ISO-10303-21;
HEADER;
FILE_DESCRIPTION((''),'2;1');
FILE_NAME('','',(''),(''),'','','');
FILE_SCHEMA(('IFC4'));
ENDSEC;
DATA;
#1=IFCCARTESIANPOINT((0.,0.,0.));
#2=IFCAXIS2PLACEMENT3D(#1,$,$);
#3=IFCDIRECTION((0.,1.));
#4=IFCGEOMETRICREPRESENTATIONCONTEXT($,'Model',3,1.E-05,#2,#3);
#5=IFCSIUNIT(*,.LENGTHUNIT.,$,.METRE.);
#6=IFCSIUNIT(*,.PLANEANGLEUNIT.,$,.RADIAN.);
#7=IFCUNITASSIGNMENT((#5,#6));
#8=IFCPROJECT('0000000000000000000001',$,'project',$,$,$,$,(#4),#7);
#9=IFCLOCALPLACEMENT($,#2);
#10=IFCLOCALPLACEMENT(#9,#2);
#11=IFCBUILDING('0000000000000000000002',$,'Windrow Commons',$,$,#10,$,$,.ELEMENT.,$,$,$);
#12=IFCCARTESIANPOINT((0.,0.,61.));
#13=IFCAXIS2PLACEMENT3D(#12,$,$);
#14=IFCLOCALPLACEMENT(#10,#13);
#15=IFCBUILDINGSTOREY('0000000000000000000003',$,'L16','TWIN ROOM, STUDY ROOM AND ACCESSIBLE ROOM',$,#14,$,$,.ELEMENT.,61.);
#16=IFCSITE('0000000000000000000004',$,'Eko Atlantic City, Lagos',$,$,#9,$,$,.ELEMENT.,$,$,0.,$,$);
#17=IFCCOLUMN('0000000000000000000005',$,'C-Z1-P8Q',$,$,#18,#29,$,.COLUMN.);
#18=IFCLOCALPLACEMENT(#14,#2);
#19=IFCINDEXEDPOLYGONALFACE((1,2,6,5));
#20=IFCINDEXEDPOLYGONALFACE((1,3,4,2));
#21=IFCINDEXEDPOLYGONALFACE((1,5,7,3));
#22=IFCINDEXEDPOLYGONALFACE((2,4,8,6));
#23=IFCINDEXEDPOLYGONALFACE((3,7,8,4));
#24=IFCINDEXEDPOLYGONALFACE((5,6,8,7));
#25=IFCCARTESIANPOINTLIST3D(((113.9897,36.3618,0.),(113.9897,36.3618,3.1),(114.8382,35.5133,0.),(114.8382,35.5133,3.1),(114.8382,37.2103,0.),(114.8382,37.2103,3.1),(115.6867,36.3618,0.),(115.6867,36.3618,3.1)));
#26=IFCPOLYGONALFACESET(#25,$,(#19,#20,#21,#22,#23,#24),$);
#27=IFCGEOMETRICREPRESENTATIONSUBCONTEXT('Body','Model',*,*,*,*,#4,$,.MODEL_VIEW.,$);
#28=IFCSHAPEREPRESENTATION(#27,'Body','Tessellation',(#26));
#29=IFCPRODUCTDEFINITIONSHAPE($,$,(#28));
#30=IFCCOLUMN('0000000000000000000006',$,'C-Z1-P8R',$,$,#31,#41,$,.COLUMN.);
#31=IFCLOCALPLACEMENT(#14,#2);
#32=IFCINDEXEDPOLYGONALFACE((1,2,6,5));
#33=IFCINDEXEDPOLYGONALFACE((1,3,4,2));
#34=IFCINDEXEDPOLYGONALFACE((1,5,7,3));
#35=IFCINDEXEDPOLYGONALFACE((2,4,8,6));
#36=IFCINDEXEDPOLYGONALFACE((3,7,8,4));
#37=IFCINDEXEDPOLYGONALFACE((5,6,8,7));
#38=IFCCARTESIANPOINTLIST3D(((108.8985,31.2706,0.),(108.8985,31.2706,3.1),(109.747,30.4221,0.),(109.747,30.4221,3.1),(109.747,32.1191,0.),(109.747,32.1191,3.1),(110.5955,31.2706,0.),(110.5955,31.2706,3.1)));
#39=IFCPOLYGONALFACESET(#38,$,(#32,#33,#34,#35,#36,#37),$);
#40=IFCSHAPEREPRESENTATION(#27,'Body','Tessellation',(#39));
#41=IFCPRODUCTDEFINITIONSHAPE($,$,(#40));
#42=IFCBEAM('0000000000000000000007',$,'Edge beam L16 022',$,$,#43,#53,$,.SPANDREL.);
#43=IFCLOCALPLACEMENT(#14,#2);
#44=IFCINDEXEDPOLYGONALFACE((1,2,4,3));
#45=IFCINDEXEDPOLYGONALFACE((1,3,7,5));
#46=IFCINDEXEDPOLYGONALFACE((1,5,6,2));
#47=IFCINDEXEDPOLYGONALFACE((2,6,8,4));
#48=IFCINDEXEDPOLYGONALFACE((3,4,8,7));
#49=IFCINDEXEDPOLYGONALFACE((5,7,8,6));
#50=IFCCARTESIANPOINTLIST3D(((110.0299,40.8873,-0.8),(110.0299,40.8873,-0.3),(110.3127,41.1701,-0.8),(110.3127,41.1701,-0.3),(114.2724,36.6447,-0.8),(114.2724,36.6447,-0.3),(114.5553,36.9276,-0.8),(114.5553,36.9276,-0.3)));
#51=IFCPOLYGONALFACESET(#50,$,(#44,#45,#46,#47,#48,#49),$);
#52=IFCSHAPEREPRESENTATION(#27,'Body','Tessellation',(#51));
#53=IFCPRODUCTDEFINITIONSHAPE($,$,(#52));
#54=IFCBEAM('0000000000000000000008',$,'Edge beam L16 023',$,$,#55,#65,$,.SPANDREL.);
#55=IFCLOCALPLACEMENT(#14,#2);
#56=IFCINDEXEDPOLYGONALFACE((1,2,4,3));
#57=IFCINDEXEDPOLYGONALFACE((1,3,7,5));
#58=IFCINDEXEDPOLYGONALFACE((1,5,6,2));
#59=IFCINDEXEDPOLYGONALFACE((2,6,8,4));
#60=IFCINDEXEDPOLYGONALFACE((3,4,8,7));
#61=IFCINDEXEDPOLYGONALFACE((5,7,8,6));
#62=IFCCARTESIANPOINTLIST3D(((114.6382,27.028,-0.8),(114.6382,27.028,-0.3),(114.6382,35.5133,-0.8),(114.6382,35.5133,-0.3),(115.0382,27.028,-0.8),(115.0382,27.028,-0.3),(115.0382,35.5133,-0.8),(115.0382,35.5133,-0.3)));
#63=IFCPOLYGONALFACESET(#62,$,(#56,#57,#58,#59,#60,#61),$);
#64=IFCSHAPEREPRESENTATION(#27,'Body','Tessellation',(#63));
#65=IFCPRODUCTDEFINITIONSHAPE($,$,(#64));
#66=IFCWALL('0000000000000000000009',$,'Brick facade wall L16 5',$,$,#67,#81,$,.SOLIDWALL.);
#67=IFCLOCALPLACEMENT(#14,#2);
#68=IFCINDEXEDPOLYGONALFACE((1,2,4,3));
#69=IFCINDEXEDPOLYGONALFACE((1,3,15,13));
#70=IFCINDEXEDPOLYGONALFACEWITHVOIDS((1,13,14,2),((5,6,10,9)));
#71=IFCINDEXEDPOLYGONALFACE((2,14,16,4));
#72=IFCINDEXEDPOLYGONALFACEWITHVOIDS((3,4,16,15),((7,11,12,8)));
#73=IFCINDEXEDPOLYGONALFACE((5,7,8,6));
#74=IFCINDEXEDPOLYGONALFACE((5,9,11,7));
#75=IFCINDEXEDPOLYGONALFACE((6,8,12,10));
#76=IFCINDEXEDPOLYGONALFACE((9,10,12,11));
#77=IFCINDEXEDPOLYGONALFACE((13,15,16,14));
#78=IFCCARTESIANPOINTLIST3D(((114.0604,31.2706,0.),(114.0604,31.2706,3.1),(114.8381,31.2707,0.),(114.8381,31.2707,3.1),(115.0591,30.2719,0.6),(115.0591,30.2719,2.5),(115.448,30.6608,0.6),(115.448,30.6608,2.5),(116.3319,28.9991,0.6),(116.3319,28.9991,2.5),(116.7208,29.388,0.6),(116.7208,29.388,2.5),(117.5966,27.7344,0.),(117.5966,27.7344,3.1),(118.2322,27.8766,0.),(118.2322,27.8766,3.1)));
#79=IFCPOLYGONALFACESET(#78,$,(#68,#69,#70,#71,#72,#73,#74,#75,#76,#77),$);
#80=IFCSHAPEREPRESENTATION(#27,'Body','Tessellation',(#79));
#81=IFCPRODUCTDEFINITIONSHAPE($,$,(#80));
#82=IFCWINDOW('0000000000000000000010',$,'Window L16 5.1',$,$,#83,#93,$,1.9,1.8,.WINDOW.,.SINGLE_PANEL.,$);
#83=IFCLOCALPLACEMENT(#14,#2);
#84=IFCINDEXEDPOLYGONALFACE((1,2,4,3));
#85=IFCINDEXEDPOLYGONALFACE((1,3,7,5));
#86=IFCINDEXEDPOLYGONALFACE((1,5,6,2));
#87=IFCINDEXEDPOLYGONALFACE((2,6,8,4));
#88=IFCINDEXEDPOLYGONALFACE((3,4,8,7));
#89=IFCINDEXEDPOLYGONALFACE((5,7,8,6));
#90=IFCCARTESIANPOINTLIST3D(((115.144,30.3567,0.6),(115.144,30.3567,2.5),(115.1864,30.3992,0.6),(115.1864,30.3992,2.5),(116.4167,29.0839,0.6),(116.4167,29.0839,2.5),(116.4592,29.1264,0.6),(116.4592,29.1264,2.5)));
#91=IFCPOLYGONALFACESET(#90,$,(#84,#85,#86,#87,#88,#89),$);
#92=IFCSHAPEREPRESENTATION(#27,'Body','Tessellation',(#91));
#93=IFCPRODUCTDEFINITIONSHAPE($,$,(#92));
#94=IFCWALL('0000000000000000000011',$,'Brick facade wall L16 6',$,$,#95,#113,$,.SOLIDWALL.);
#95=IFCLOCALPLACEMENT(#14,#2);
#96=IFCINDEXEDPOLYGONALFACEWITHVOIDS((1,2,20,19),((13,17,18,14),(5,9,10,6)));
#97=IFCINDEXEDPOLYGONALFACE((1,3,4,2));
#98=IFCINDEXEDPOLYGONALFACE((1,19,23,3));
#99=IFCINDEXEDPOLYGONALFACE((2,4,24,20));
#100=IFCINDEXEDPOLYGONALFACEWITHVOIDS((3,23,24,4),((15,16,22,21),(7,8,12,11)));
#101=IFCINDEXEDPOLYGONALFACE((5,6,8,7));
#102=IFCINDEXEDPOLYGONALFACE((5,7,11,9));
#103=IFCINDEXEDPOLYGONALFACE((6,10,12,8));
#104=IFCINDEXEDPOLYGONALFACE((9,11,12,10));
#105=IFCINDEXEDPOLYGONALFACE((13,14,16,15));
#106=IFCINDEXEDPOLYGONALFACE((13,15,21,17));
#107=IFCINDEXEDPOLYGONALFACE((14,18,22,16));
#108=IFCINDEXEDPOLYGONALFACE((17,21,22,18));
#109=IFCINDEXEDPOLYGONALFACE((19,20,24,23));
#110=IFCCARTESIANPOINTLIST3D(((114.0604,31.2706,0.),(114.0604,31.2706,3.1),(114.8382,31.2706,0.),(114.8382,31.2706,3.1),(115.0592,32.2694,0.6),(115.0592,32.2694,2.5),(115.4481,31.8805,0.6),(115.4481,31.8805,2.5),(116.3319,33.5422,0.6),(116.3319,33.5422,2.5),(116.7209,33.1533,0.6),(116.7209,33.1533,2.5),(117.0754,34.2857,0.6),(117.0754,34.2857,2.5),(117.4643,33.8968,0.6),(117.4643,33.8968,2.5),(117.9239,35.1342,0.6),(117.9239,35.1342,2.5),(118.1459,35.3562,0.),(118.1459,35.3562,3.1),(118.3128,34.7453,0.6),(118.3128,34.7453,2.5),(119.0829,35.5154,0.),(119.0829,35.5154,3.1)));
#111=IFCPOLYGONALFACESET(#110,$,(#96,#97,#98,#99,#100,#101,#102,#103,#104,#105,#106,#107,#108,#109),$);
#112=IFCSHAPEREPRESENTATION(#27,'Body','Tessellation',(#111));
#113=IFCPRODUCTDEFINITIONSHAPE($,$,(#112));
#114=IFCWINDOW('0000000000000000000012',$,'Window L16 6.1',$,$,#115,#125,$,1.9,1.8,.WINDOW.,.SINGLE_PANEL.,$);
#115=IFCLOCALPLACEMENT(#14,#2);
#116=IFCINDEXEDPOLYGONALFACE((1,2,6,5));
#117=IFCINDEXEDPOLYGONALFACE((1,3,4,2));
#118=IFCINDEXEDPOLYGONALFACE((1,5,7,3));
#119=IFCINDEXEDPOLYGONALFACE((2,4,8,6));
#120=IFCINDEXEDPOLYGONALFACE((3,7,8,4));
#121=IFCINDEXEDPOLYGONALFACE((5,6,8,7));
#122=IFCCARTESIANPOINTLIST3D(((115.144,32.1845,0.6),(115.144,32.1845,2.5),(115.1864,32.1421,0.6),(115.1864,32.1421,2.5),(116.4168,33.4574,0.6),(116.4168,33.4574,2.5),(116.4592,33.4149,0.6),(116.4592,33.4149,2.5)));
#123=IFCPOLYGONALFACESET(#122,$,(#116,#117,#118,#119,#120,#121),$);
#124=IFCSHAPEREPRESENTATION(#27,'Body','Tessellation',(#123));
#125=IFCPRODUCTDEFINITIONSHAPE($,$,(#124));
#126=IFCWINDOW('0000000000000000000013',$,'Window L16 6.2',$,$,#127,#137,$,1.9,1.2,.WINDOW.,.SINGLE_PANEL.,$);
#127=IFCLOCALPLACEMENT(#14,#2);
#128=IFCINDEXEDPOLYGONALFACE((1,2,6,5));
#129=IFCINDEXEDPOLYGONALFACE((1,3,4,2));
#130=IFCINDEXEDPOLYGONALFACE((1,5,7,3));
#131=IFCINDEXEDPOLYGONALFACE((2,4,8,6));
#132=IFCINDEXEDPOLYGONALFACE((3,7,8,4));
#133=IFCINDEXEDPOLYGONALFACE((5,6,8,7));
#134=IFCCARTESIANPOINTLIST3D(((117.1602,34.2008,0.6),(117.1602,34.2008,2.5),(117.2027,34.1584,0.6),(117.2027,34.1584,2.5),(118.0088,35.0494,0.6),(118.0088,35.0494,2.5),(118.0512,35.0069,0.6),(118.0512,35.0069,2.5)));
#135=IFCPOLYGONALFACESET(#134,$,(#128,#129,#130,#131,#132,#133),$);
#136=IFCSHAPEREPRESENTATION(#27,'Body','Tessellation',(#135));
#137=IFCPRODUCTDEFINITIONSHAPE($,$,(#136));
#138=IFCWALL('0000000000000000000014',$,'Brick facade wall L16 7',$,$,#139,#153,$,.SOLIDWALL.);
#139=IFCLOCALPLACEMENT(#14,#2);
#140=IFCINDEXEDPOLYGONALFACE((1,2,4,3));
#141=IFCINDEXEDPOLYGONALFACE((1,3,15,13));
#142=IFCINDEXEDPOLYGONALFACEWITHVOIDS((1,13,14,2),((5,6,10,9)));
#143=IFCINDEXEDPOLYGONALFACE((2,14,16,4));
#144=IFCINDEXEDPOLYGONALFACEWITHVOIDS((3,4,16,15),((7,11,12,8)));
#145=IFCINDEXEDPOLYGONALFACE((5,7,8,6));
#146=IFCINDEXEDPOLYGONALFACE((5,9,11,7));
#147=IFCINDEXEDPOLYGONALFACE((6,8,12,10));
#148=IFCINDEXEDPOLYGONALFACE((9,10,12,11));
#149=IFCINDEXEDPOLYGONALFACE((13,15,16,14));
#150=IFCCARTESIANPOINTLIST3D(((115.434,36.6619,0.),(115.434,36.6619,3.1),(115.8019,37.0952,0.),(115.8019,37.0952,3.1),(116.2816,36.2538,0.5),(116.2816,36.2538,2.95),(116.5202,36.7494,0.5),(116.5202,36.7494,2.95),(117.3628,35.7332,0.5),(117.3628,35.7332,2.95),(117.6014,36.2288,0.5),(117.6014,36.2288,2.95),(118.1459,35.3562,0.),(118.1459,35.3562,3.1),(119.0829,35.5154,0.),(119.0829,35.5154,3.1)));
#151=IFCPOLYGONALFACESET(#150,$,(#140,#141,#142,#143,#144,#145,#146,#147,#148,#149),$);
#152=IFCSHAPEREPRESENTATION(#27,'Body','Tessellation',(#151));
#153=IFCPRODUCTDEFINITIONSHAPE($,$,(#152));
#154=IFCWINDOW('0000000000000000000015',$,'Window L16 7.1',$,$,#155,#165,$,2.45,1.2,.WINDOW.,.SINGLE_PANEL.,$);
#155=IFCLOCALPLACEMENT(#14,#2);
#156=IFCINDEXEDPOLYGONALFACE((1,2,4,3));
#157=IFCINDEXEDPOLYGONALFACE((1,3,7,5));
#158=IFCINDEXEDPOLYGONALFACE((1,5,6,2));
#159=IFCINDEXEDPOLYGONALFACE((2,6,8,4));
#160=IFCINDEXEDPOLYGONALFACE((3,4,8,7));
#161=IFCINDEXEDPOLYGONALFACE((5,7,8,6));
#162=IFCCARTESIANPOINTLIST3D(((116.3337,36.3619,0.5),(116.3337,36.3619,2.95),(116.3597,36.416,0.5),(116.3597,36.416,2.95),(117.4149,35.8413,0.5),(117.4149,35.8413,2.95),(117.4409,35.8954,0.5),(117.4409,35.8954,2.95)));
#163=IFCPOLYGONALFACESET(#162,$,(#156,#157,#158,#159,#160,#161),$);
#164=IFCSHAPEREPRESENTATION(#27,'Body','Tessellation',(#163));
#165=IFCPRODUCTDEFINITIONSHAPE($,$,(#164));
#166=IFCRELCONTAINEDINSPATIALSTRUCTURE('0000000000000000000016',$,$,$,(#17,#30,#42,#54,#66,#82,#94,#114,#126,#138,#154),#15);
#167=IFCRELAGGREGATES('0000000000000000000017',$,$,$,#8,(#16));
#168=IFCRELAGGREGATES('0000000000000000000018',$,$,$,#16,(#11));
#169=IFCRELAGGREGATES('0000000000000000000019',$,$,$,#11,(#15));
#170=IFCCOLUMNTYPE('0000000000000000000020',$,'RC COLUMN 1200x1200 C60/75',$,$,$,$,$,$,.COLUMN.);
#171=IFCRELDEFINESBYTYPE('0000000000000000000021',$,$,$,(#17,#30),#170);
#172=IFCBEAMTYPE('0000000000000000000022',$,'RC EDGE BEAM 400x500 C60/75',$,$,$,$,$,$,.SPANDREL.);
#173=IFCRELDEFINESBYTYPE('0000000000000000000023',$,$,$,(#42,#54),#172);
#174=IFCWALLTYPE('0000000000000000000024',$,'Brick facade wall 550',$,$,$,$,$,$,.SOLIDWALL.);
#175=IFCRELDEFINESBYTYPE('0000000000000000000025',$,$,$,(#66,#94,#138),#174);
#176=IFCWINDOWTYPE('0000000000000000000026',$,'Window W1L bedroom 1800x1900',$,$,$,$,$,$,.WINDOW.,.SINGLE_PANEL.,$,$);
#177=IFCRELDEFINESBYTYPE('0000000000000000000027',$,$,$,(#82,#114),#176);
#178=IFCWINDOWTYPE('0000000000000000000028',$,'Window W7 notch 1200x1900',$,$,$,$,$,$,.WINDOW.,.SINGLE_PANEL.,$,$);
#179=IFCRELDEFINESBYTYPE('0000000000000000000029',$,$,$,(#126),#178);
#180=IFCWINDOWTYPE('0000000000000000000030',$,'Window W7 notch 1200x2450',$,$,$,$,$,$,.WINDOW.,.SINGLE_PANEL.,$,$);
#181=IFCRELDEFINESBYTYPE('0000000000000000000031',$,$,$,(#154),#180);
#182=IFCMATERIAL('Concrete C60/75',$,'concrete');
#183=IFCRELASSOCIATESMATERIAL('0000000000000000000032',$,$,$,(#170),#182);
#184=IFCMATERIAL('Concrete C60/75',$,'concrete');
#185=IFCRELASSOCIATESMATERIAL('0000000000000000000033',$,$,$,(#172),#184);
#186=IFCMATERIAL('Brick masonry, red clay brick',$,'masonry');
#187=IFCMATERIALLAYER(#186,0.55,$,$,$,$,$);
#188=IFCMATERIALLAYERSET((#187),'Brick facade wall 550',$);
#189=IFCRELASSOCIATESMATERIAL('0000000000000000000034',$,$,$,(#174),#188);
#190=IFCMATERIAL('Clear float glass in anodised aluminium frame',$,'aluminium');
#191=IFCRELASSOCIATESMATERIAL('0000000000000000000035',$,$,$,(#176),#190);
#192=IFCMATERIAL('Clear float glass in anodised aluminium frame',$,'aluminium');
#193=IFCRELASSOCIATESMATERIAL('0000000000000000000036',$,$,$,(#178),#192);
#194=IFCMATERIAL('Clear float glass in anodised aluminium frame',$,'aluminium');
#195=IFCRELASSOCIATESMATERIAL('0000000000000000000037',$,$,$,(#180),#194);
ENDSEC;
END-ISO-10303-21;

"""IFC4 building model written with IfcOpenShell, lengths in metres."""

from ifc_helpers import new_model, si_unit, direction, frame, frame_2d, origin, origin_2d, place, context, subcontext, project, spatial, polyline, rectangle, outline, extrude, material, layer, layer_set, material_profile, profile_set, type_object, element, fill, save


model = new_model("IFC4")

# Units and contexts
model_context = context("Model", 3, precision=1e-05, world=origin(), true_north=direction((0.0, 1.0)))
body_context = subcontext(model_context, "Body", "Model", "MODEL_VIEW")
ifc_project = project(units=[si_unit("LENGTHUNIT", "METRE"), si_unit("PLANEANGLEUNIT", "RADIAN")], contexts=[model_context])

# Site, building, storey
site_placement = place(None, origin())
site = spatial("IfcSite", under=ifc_project, at=site_placement, Name="Eko Atlantic City, Lagos", CompositionType="ELEMENT", RefElevation=0.0)
building_placement = place(site_placement, origin())
building = spatial("IfcBuilding", under=site, at=building_placement, Name="Windrow Commons", CompositionType="ELEMENT")
storey_placement = place(building_placement, frame((0.0, 0.0, 61.0)))
storey = spatial("IfcBuildingStorey", under=building, at=storey_placement, Name="L16", Description="TWIN ROOM, STUDY ROOM AND ACCESSIBLE ROOM", CompositionType="ELEMENT", Elevation=61.0)

# Columns
ifc_material_1 = material(Name="Concrete C60/75", Category="concrete")
ifc_material_profile_1 = material_profile(ifc_material_1, rectangle(XDim=1.2, YDim=1.2, at=origin_2d()))
ifc_profile_set_1 = profile_set([ifc_material_profile_1], Name="Concrete C60/75")
column_type = type_object("IfcColumnType", Name="RC COLUMN 1200x1200 C60/75", PredefinedType="COLUMN", material=ifc_profile_set_1)
for number, where, z_axis, x_axis, name in (
    (1, (114.8382, 36.3618, 0.0), (0.0, 0.0, 1.0), (0.707107, -0.707107, 0.0), "C-Z1-P8Q"),
    (2, (109.747, 31.2706, 0.0), (0.0, 0.0, 1.0), (0.707107, -0.707107, 0.0), "C-Z1-P8R"),
):
    element("IfcColumn", number, at=place(storey_placement, frame(where, z_axis=z_axis, x_axis=x_axis)), inside=storey, type_object=column_type, Name=name, PredefinedType="COLUMN", context=body_context, shape_type="SweptSolid", body=[
        extrude(rectangle(XDim=1.2, YDim=1.2, at=origin_2d()), origin(), (0.0, 0.0, 1.0), 3.1),
    ])

# Beams
ifc_material_2 = material(Name="Concrete C60/75", Category="concrete")
ifc_material_profile_2 = material_profile(ifc_material_2, rectangle(XDim=0.4, YDim=0.5, at=origin_2d()))
ifc_profile_set_2 = profile_set([ifc_material_profile_2], Name="Concrete C60/75")
beam_type = type_object("IfcBeamType", Name="RC EDGE BEAM 400x500 C60/75", PredefinedType="SPANDREL", material=ifc_profile_set_2)
beam_1_placement = place(storey_placement, frame((110.1713, 41.0287, -0.55), z_axis=(0.707107, -0.707107, 0.0), x_axis=(0.707107, 0.707107, 0.0)))
element("IfcBeam", 3, at=beam_1_placement, inside=storey, type_object=beam_type, Name="Edge beam L16 022", PredefinedType="SPANDREL", context=body_context, shape_type="SweptSolid", body=[
    extrude(rectangle(XDim=0.4, YDim=0.5, at=origin_2d()), origin(), (0.0, 0.0, 1.0), 5.9999),
])
beam_2_placement = place(storey_placement, frame((114.8382, 35.5133, -0.55), z_axis=(0.0, -1.0, 0.0), x_axis=(1.0, 0.0, 0.0)))
element("IfcBeam", 4, at=beam_2_placement, inside=storey, type_object=beam_type, Name="Edge beam L16 023", PredefinedType="SPANDREL", context=body_context, shape_type="SweptSolid", body=[
    extrude(rectangle(XDim=0.4, YDim=0.5, at=origin_2d()), origin(), (0.0, 0.0, 1.0), 8.4853),
])

# Wall, opening, window
ifc_material_3 = material(Name="Brick masonry, red clay brick", Category="masonry")
ifc_layer_1 = layer(ifc_material_3, 0.55)
ifc_layer_set_1 = layer_set([ifc_layer_1], Name="Brick facade wall 550")
wall_type_1 = type_object("IfcWallType", Name="Brick facade wall 550", PredefinedType="SOLIDWALL", material=ifc_layer_set_1)
wall_1_placement = place(storey_placement, frame((117.9144, 27.8055, 0.0), z_axis=(0.0, 0.0, 1.0), x_axis=(-0.707107, 0.707107, 0.0)))
wall_1 = element("IfcWall", 5, at=wall_1_placement, inside=storey, type_object=wall_type_1, Name="Brick facade wall L16 5", PredefinedType="SOLIDWALL", context=body_context, shape_type="SweptSolid", body=[
    extrude(outline(polyline([(-0.1745, -0.275), (4.6255, -0.275), (5.1754, 0.275), (0.1745, 0.275), (-0.1745, -0.275)])), origin(), (0.0, 0.0, 1.0), 3.1),
])
opening_1_placement = place(wall_1_placement, frame((1.963, 0.0, 0.6)))
opening_1 = element("IfcOpeningElement", 6, at=opening_1_placement, cuts=wall_1, PredefinedType="OPENING", context=body_context, shape_type="SweptSolid", body=[
    extrude(rectangle(XDim=1.8, YDim=1.9, at=frame_2d((0.9, 0.95))), frame((0.0, 0.285, 0.0), z_axis=(0.0, -1.0, 0.0), x_axis=(1.0, 0.0, 0.0)), (0.0, 0.0, 1.0), 0.57),
])
ifc_material_4 = material(Name="Clear float glass in anodised aluminium frame", Category="aluminium")
window_type_1 = type_object("IfcWindowType", Name="Window W1L bedroom 1800x1900", PartitioningType="SINGLE_PANEL", PredefinedType="WINDOW", material=ifc_material_4)
window_1_placement = place(opening_1_placement, origin())
window_1 = element("IfcWindow", 7, at=window_1_placement, inside=storey, type_object=window_type_1, Name="Window L16 5.1", OverallHeight=1.9, OverallWidth=1.8, PartitioningType="SINGLE_PANEL", PredefinedType="WINDOW", context=body_context, shape_type="SweptSolid", body=[
    extrude(rectangle(XDim=1.8, YDim=1.9, at=frame_2d((0.9, 0.95))), frame((0.0, 0.155, 0.0), z_axis=(0.0, -1.0, 0.0), x_axis=(1.0, 0.0, 0.0)), (0.0, 0.0, 1.0), 0.06),
])
fill(opening_1, window_1)

# Wall, openings, windows
wall_2_placement = place(storey_placement, frame((114.4493, 31.2706, 0.0), z_axis=(0.0, 0.0, 1.0), x_axis=(0.707098, 0.707115, 0.0)))
wall_2 = element("IfcWall", 8, at=wall_2_placement, inside=storey, type_object=wall_type_1, Name="Brick facade wall L16 6", PredefinedType="SOLIDWALL", context=body_context, shape_type="SweptSolid", body=[
    extrude(outline(polyline([(0.275, -0.275), (6.278, -0.275), (5.5029, 0.275), (-0.275, 0.275), (0.275, -0.275)])), origin(), (0.0, 0.0, 1.0), 3.1),
])
opening_2_placement = place(wall_2_placement, frame((1.1375, 0.0, 0.6)))
opening_2 = element("IfcOpeningElement", 9, at=opening_2_placement, cuts=wall_2, PredefinedType="OPENING", context=body_context, shape_type="SweptSolid", body=[
    extrude(rectangle(XDim=1.8, YDim=1.9, at=frame_2d((0.9, 0.95))), frame((0.0, 0.285, 0.0), z_axis=(0.0, -1.0, 0.0), x_axis=(1.0, 0.0, 0.0)), (0.0, 0.0, 1.0), 0.57),
])
opening_3_placement = place(wall_2_placement, frame((3.9889, 0.0, 0.6)))
opening_3 = element("IfcOpeningElement", 10, at=opening_3_placement, cuts=wall_2, PredefinedType="OPENING", context=body_context, shape_type="SweptSolid", body=[
    extrude(rectangle(XDim=1.2, YDim=1.9, at=frame_2d((0.6, 0.95))), frame((0.0, 0.285, 0.0), z_axis=(0.0, -1.0, 0.0), x_axis=(1.0, 0.0, 0.0)), (0.0, 0.0, 1.0), 0.57),
])
window_2_placement = place(opening_2_placement, origin())
window_2 = element("IfcWindow", 11, at=window_2_placement, inside=storey, type_object=window_type_1, Name="Window L16 6.1", OverallHeight=1.9, OverallWidth=1.8, PartitioningType="SINGLE_PANEL", PredefinedType="WINDOW", context=body_context, shape_type="SweptSolid", body=[
    extrude(rectangle(XDim=1.8, YDim=1.9, at=frame_2d((0.9, 0.95))), frame((0.0, 0.155, 0.0), z_axis=(0.0, -1.0, 0.0), x_axis=(1.0, 0.0, 0.0)), (0.0, 0.0, 1.0), 0.06),
])
fill(opening_2, window_2)
ifc_material_5 = material(Name="Clear float glass in anodised aluminium frame", Category="aluminium")
window_type_2 = type_object("IfcWindowType", Name="Window W7 notch 1200x1900", PartitioningType="SINGLE_PANEL", PredefinedType="WINDOW", material=ifc_material_5)
window_3_placement = place(opening_3_placement, origin())
window_3 = element("IfcWindow", 12, at=window_3_placement, inside=storey, type_object=window_type_2, Name="Window L16 6.2", OverallHeight=1.9, OverallWidth=1.2, PartitioningType="SINGLE_PANEL", PredefinedType="WINDOW", context=body_context, shape_type="SweptSolid", body=[
    extrude(rectangle(XDim=1.2, YDim=1.9, at=frame_2d((0.6, 0.95))), frame((0.0, 0.155, 0.0), z_axis=(0.0, -1.0, 0.0), x_axis=(1.0, 0.0, 0.0)), (0.0, 0.0, 1.0), 0.06),
])
fill(opening_3, window_3)

# Wall, opening, window
wall_3_placement = place(storey_placement, frame((118.6144, 35.4358, 0.0), z_axis=(0.0, 0.0, 1.0), x_axis=(-0.900997, 0.433826, 0.0)))
wall_3 = element("IfcWall", 13, at=wall_3_placement, inside=storey, type_object=wall_type_1, Name="Brick facade wall L16 7", PredefinedType="SOLIDWALL", context=body_context, shape_type="SweptSolid", body=[
    extrude(outline(polyline([(-0.3876, -0.275), (3.254, -0.275), (3.3975, 0.275), (0.3876, 0.275), (-0.3876, -0.275)])), origin(), (0.0, 0.0, 1.0), 3.1),
])
opening_4_placement = place(wall_3_placement, frame((1.2567, 0.0, 0.5)))
opening_4 = element("IfcOpeningElement", 14, at=opening_4_placement, cuts=wall_3, PredefinedType="OPENING", context=body_context, shape_type="SweptSolid", body=[
    extrude(rectangle(XDim=1.2, YDim=2.45, at=frame_2d((0.6, 1.225))), frame((0.0, 0.285, 0.0), z_axis=(0.0, -1.0, 0.0), x_axis=(1.0, 0.0, 0.0)), (0.0, 0.0, 1.0), 0.57),
])
ifc_material_6 = material(Name="Clear float glass in anodised aluminium frame", Category="aluminium")
window_type_3 = type_object("IfcWindowType", Name="Window W7 notch 1200x2450", PartitioningType="SINGLE_PANEL", PredefinedType="WINDOW", material=ifc_material_6)
window_4_placement = place(opening_4_placement, origin())
window_4 = element("IfcWindow", 15, at=window_4_placement, inside=storey, type_object=window_type_3, Name="Window L16 7.1", OverallHeight=2.45, OverallWidth=1.2, PartitioningType="SINGLE_PANEL", PredefinedType="WINDOW", context=body_context, shape_type="SweptSolid", body=[
    extrude(rectangle(XDim=1.2, YDim=2.45, at=frame_2d((0.6, 1.225))), frame((0.0, 0.155, 0.0), z_axis=(0.0, -1.0, 0.0), x_axis=(1.0, 0.0, 0.0)), (0.0, 0.0, 1.0), 0.06),
])
fill(opening_4, window_4)

save(model, "model.ifc")
